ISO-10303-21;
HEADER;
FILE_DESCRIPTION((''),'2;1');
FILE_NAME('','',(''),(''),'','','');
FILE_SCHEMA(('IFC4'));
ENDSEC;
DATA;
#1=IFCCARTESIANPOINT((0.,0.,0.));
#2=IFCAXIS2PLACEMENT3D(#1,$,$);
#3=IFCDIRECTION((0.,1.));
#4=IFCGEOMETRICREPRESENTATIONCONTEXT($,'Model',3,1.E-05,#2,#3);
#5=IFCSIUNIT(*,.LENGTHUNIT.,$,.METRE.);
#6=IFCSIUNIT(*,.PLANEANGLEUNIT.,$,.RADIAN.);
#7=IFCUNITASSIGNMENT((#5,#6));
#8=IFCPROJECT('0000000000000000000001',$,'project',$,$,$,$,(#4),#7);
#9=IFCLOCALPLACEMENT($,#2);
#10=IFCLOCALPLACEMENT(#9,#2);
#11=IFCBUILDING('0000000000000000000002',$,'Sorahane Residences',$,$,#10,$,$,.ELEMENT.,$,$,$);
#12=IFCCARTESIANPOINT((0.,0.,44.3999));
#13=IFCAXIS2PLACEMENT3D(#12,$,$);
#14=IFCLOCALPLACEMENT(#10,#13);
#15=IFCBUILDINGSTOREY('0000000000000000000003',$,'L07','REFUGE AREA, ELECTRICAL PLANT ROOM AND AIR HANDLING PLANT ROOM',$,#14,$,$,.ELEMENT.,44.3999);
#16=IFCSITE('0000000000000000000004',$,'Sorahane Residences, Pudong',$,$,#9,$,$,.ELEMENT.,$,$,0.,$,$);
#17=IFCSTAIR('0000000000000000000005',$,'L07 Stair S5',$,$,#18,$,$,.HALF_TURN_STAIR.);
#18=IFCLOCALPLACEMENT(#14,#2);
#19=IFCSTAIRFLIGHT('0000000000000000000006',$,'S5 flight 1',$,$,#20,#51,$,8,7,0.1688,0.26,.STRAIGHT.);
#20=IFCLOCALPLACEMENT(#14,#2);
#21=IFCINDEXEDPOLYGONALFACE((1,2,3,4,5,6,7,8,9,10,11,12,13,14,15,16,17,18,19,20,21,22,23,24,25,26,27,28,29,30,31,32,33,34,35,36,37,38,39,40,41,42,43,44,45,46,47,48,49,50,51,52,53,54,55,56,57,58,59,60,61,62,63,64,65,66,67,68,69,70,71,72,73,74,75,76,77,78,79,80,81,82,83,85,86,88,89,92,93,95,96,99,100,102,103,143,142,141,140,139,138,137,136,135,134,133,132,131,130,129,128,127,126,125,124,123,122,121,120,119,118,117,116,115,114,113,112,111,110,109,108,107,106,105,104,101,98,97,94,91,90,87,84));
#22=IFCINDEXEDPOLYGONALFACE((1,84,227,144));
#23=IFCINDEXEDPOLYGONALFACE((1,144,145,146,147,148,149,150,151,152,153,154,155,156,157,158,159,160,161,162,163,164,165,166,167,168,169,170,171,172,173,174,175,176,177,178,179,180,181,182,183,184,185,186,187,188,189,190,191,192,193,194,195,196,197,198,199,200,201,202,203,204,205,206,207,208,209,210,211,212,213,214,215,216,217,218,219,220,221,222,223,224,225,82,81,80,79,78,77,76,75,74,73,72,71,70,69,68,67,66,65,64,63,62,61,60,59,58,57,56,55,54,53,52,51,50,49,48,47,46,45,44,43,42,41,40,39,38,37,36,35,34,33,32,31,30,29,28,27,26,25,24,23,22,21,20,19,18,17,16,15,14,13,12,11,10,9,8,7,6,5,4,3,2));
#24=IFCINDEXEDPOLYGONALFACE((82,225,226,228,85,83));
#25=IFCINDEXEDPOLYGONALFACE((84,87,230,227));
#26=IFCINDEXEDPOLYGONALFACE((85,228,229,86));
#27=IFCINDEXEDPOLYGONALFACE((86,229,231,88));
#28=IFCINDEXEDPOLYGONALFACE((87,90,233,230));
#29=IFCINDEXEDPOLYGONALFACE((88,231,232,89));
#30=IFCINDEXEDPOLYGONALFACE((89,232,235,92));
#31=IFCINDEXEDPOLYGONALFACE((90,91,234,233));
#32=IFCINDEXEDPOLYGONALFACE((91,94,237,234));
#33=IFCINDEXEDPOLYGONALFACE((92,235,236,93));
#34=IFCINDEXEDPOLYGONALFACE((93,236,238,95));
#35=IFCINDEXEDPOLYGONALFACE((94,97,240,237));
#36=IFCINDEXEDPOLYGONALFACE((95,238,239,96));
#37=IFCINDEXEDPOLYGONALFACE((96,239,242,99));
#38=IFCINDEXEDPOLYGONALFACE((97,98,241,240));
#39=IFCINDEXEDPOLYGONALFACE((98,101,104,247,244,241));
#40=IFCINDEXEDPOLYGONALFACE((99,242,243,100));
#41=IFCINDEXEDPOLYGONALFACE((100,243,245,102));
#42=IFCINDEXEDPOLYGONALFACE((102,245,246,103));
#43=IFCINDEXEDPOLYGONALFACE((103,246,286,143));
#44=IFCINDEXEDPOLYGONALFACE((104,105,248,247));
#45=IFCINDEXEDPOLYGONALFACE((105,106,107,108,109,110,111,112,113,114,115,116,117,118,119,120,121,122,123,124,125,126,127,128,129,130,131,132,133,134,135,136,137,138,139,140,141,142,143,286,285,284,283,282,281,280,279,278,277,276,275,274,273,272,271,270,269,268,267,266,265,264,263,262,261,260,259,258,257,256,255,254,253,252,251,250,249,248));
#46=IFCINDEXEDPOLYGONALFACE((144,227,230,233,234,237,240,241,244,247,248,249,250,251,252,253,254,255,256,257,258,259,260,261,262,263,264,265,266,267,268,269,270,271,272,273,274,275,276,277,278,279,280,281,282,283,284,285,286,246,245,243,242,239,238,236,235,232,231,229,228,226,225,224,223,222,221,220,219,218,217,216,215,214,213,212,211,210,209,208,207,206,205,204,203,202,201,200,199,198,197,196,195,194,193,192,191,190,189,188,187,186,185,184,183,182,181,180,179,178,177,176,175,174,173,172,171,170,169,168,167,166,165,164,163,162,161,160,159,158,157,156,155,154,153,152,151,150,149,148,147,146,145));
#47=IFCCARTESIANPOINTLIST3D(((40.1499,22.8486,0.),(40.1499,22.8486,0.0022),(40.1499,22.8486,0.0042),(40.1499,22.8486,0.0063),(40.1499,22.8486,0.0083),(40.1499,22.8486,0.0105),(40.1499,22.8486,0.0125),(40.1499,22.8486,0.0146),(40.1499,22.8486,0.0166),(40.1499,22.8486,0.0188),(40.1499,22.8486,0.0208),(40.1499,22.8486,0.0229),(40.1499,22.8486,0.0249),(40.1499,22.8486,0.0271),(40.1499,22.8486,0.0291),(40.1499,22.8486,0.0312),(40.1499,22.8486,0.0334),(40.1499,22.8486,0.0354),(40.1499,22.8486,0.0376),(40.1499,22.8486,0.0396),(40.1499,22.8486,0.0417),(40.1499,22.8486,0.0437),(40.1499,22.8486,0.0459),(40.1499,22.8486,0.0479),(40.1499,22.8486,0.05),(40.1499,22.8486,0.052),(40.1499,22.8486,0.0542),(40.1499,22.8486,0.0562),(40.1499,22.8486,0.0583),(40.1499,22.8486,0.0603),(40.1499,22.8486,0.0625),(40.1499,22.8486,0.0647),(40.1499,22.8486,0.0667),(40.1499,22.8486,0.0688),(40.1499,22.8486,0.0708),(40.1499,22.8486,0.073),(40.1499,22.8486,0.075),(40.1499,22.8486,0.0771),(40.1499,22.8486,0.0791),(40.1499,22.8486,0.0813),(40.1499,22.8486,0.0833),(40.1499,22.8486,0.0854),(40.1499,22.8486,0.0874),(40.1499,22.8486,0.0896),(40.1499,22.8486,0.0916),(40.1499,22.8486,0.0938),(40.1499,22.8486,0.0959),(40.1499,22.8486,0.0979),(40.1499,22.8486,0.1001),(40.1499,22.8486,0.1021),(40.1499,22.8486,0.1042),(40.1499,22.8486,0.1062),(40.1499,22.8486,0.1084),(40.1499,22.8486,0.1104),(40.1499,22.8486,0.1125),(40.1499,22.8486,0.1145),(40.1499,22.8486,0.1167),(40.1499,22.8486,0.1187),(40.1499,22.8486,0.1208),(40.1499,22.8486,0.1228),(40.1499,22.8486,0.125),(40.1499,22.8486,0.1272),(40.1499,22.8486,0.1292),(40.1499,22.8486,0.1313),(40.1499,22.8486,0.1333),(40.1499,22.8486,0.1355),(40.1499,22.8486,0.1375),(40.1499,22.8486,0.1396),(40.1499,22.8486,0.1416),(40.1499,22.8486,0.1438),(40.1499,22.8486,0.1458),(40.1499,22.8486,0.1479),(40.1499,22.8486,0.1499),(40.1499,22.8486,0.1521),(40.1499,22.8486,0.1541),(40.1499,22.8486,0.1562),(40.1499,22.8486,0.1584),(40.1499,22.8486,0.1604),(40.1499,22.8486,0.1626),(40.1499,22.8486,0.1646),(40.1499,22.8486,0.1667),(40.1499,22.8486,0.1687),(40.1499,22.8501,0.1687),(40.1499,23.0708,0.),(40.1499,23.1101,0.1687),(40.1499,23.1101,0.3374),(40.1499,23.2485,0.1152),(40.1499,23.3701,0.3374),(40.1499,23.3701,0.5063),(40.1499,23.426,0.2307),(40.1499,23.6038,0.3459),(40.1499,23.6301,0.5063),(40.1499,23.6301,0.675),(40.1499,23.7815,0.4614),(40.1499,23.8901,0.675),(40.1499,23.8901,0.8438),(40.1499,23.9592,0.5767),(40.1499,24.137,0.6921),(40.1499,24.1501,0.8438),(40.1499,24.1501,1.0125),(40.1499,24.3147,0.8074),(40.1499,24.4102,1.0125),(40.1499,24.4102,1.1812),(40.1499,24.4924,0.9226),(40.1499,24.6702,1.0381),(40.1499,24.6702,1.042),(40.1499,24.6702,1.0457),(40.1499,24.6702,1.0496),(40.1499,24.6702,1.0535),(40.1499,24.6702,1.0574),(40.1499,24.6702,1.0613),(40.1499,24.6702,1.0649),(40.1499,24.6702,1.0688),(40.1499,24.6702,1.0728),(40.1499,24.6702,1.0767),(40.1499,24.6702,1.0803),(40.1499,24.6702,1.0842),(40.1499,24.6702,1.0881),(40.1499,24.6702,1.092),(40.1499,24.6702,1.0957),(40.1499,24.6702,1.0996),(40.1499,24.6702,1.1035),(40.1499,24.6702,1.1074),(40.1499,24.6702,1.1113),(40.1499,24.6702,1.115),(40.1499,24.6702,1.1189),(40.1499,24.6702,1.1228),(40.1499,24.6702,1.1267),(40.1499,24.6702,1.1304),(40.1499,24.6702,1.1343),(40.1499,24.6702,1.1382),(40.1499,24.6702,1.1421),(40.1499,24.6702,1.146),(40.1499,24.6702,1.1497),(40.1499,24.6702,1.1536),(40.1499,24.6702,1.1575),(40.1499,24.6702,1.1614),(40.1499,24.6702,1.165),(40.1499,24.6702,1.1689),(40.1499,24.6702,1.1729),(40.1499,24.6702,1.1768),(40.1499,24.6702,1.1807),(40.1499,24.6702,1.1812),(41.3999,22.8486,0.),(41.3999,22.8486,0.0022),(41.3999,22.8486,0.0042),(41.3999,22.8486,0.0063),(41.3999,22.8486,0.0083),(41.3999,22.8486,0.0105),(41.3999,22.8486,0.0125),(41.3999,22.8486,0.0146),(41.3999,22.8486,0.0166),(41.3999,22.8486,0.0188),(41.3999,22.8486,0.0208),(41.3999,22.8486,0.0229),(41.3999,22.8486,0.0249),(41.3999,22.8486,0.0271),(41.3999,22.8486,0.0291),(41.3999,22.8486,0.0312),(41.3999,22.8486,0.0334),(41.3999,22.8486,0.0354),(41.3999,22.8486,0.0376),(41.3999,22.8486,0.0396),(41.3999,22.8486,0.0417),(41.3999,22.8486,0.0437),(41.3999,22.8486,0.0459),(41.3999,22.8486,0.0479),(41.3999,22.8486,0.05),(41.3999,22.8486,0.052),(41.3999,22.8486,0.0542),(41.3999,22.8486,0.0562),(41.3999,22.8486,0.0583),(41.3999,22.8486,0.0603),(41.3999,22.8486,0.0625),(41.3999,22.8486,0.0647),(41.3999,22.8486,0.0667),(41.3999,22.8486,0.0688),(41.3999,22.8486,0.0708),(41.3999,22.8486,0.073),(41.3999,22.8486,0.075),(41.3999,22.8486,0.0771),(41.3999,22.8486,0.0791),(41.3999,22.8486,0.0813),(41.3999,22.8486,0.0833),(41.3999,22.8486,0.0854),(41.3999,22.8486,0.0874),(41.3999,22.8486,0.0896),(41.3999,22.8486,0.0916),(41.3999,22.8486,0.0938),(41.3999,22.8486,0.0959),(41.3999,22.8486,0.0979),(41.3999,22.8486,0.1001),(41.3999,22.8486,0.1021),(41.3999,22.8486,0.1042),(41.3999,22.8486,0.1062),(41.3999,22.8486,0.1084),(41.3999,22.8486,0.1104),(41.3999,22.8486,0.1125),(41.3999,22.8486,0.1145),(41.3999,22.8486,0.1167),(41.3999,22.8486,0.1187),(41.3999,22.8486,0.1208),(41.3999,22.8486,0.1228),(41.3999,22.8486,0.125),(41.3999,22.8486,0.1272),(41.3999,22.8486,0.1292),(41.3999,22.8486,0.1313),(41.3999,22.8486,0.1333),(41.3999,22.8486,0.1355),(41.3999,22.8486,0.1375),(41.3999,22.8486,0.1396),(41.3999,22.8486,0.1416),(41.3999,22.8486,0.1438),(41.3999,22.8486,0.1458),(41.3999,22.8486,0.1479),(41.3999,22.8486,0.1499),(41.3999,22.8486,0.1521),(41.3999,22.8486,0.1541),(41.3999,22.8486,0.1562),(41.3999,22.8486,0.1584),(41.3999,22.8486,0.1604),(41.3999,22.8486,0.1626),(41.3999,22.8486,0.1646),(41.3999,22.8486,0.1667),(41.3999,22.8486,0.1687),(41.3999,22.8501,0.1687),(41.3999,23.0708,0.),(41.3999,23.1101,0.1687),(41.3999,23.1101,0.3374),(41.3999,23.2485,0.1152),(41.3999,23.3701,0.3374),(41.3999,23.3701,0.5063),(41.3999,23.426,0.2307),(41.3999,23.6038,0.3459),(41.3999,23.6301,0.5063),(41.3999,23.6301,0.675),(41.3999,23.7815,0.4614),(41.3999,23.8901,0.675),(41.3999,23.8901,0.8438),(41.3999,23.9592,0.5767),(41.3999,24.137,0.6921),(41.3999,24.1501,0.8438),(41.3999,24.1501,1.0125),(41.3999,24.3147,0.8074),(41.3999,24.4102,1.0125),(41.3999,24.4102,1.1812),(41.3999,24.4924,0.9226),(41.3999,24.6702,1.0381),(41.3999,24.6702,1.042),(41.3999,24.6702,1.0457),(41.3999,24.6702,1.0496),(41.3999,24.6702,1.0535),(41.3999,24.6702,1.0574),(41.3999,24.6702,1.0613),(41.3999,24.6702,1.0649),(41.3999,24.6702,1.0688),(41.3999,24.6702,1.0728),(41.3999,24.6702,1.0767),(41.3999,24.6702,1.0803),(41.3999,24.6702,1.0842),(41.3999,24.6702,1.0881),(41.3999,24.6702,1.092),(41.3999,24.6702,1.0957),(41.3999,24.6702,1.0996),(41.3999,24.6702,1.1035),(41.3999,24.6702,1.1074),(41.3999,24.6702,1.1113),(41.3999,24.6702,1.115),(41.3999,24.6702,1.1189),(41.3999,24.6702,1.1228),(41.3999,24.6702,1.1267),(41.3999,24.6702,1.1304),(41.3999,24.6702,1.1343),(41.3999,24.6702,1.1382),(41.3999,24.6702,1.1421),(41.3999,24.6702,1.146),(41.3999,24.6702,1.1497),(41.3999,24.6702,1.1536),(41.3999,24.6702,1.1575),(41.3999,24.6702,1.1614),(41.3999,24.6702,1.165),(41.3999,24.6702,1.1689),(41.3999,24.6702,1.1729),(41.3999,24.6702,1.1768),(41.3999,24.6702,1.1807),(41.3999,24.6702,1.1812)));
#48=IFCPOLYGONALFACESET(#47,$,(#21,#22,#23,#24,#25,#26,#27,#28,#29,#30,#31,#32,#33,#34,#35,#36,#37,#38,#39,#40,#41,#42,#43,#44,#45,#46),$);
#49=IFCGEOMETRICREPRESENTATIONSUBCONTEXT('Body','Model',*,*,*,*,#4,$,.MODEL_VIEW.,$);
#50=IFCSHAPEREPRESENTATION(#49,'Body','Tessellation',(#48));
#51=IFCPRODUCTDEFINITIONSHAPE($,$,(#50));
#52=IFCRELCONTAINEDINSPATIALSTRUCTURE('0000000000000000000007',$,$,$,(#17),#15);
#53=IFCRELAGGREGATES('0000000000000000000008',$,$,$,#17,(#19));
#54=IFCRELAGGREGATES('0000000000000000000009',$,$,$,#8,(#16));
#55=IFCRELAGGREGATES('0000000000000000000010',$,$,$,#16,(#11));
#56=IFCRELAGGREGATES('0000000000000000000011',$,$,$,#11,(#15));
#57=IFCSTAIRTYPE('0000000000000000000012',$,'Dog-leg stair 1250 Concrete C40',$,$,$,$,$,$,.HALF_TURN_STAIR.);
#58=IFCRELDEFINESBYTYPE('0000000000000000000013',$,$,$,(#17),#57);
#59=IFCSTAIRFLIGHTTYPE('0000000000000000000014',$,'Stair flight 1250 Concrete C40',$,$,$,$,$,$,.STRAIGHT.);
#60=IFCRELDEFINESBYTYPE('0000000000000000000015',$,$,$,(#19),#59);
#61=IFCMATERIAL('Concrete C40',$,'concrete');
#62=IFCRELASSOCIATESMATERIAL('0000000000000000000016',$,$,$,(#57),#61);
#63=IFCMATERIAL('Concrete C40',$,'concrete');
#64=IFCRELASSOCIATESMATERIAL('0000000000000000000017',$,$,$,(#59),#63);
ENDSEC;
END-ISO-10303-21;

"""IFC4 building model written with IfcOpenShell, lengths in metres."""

from ifc_helpers import new_model, si_unit, direction, frame, origin, place, context, subcontext, project, spatial, polyline, outline, extrude, material, type_object, element, aggregate, save


model = new_model("IFC4")

# Units and contexts
model_context = context("Model", 3, precision=1e-05, world=origin(), true_north=direction((0.0, 1.0)))
body_context = subcontext(model_context, "Body", "Model", "MODEL_VIEW")
ifc_project = project(units=[si_unit("LENGTHUNIT", "METRE"), si_unit("PLANEANGLEUNIT", "RADIAN")], contexts=[model_context])

# Site, building, storey
site_placement = place(None, origin())
site = spatial("IfcSite", under=ifc_project, at=site_placement, Name="Sorahane Residences, Pudong", CompositionType="ELEMENT", RefElevation=0.0)
building_placement = place(site_placement, origin())
building = spatial("IfcBuilding", under=site, at=building_placement, Name="Sorahane Residences", CompositionType="ELEMENT")
storey_placement = place(building_placement, frame((0.0, 0.0, 44.3999)))
storey = spatial("IfcBuildingStorey", under=building, at=storey_placement, Name="L07", Description="REFUGE AREA, ELECTRICAL PLANT ROOM AND AIR HANDLING PLANT ROOM", CompositionType="ELEMENT", Elevation=44.3999)

# Stair, stair flight
ifc_material_1 = material(Name="Concrete C40", Category="concrete")
stair_type = type_object("IfcStairType", Name="Dog-leg stair 1250 Concrete C40", PredefinedType="HALF_TURN_STAIR", material=ifc_material_1)
stair_placement = place(storey_placement, origin())
stair = element("IfcStair", 1, at=stair_placement, inside=storey, type_object=stair_type, Name="L07 Stair S5", PredefinedType="HALF_TURN_STAIR")
ifc_material_2 = material(Name="Concrete C40", Category="concrete")
stair_flight_type = type_object("IfcStairFlightType", Name="Stair flight 1250 Concrete C40", PredefinedType="STRAIGHT", material=ifc_material_2)
stair_flight_1_placement = place(storey_placement, frame((40.7749, 22.8501, 0.0), z_axis=(0.0, 0.0, 1.0), x_axis=(0.0, 1.0, 0.0)))
stair_flight_1 = element("IfcStairFlight", 2, at=stair_flight_1_placement, type_object=stair_flight_type, Name="S5 flight 1", NumberOfRisers=8, NumberOfTreads=7, PredefinedType="STRAIGHT", RiserHeight=0.1688, TreadLength=0.26, context=body_context, shape_type="SweptSolid", body=[
    extrude(outline(polyline([(-0.0015, 0.0), (-0.0015, 0.0022), (-0.0015, 0.0042), (-0.0015, 0.0063), (-0.0015, 0.0083), (-0.0015, 0.0105), (-0.0015, 0.0125), (-0.0015, 0.0146), (-0.0015, 0.0166), (-0.0015, 0.0188), (-0.0015, 0.0208), (-0.0015, 0.0229), (-0.0015, 0.0249), (-0.0015, 0.0271), (-0.0015, 0.0291), (-0.0015, 0.0312), (-0.0015, 0.0334), (-0.0015, 0.0354), (-0.0015, 0.0376), (-0.0015, 0.0396), (-0.0015, 0.0417), (-0.0015, 0.0437), (-0.0015, 0.0459), (-0.0015, 0.0479), (-0.0015, 0.05), (-0.0015, 0.052), (-0.0015, 0.0542), (-0.0015, 0.0562), (-0.0015, 0.0583), (-0.0015, 0.0603), (-0.0015, 0.0625), (-0.0015, 0.0647), (-0.0015, 0.0667), (-0.0015, 0.0688), (-0.0015, 0.0708), (-0.0015, 0.073), (-0.0015, 0.075), (-0.0015, 0.0771), (-0.0015, 0.0791), (-0.0015, 0.0813), (-0.0015, 0.0833), (-0.0015, 0.0854), (-0.0015, 0.0874), (-0.0015, 0.0896), (-0.0015, 0.0916), (-0.0015, 0.0938), (-0.0015, 0.0959), (-0.0015, 0.0979), (-0.0015, 0.1001), (-0.0015, 0.1021), (-0.0015, 0.1042), (-0.0015, 0.1062), (-0.0015, 0.1084), (-0.0015, 0.1104), (-0.0015, 0.1125), (-0.0015, 0.1145), (-0.0015, 0.1167), (-0.0015, 0.1187), (-0.0015, 0.1208), (-0.0015, 0.1228), (-0.0015, 0.125), (-0.0015, 0.1272), (-0.0015, 0.1292), (-0.0015, 0.1313), (-0.0015, 0.1333), (-0.0015, 0.1355), (-0.0015, 0.1375), (-0.0015, 0.1396), (-0.0015, 0.1416), (-0.0015, 0.1438), (-0.0015, 0.1458), (-0.0015, 0.1479), (-0.0015, 0.1499), (-0.0015, 0.1521), (-0.0015, 0.1541), (-0.0015, 0.1562), (-0.0015, 0.1584), (-0.0015, 0.1604), (-0.0015, 0.1626), (-0.0015, 0.1646), (-0.0015, 0.1667), (-0.0015, 0.1687), (0.0, 0.1687), (0.26, 0.1687), (0.26, 0.3374), (0.52, 0.3374), (0.52, 0.5063), (0.78, 0.5063), (0.78, 0.675), (1.04, 0.675), (1.04, 0.8438), (1.3, 0.8438), (1.3, 1.0125), (1.5601, 1.0125), (1.5601, 1.1812), (1.8201, 1.1812), (1.8201, 1.3501), (1.8201, 1.3462), (1.8201, 1.3423), (1.8201, 1.3384), (1.8201, 1.3347), (1.8201, 1.3308), (1.8201, 1.3269), (1.8201, 1.323), (1.8201, 1.3191), (1.8201, 1.3154), (1.8201, 1.3115), (1.8201, 1.3076), (1.8201, 1.3037), (1.8201, 1.3), (1.8201, 1.2961), (1.8201, 1.2922), (1.8201, 1.2883), (1.8201, 1.2844), (1.8201, 1.2808), (1.8201, 1.2769), (1.8201, 1.2729), (1.8201, 1.269), (1.8201, 1.2654), (1.8201, 1.2615), (1.8201, 1.2576), (1.8201, 1.2537), (1.8201, 1.2498), (1.8201, 1.2461), (1.8201, 1.2422), (1.8201, 1.2383), (1.8201, 1.2344), (1.8201, 1.2307), (1.8201, 1.2268), (1.8201, 1.2229), (1.8201, 1.219), (1.8201, 1.2151), (1.8201, 1.2114), (1.8201, 1.2075), (1.8201, 1.2036), (1.8201, 1.1997), (1.8201, 1.196), (1.8201, 1.1921), (1.8201, 1.1882), (1.8201, 1.1843), (1.8201, 1.1807), (1.8201, 1.1768), (1.8201, 1.1729), (1.8201, 1.1689), (1.8201, 1.165), (1.8201, 1.1614), (1.8201, 1.1575), (1.8201, 1.1536), (1.8201, 1.1497), (1.8201, 1.146), (1.8201, 1.1421), (1.8201, 1.1382), (1.8201, 1.1343), (1.8201, 1.1304), (1.8201, 1.1267), (1.8201, 1.1228), (1.8201, 1.1189), (1.8201, 1.115), (1.8201, 1.1113), (1.8201, 1.1074), (1.8201, 1.1035), (1.8201, 1.0996), (1.8201, 1.0957), (1.8201, 1.092), (1.8201, 1.0881), (1.8201, 1.0842), (1.8201, 1.0803), (1.8201, 1.0767), (1.8201, 1.0728), (1.8201, 1.0688), (1.8201, 1.0649), (1.8201, 1.0613), (1.8201, 1.0574), (1.8201, 1.0535), (1.8201, 1.0496), (1.8201, 1.0457), (1.8201, 1.042), (1.8201, 1.0381), (1.6423, 0.9226), (1.4646, 0.8074), (1.2869, 0.6921), (1.1091, 0.5767), (0.9314, 0.4614), (0.7537, 0.3459), (0.5759, 0.2307), (0.3984, 0.1152), (0.2207, 0.0), (-0.0015, 0.0)])), frame((0.0, 0.625, 0.0), z_axis=(0.0, -1.0, 0.0), x_axis=(1.0, 0.0, 0.0)), (0.0, 0.0, 1.0), 1.25),
])
aggregate(stair, [stair_flight_1])

save(model, "model.ifc")
